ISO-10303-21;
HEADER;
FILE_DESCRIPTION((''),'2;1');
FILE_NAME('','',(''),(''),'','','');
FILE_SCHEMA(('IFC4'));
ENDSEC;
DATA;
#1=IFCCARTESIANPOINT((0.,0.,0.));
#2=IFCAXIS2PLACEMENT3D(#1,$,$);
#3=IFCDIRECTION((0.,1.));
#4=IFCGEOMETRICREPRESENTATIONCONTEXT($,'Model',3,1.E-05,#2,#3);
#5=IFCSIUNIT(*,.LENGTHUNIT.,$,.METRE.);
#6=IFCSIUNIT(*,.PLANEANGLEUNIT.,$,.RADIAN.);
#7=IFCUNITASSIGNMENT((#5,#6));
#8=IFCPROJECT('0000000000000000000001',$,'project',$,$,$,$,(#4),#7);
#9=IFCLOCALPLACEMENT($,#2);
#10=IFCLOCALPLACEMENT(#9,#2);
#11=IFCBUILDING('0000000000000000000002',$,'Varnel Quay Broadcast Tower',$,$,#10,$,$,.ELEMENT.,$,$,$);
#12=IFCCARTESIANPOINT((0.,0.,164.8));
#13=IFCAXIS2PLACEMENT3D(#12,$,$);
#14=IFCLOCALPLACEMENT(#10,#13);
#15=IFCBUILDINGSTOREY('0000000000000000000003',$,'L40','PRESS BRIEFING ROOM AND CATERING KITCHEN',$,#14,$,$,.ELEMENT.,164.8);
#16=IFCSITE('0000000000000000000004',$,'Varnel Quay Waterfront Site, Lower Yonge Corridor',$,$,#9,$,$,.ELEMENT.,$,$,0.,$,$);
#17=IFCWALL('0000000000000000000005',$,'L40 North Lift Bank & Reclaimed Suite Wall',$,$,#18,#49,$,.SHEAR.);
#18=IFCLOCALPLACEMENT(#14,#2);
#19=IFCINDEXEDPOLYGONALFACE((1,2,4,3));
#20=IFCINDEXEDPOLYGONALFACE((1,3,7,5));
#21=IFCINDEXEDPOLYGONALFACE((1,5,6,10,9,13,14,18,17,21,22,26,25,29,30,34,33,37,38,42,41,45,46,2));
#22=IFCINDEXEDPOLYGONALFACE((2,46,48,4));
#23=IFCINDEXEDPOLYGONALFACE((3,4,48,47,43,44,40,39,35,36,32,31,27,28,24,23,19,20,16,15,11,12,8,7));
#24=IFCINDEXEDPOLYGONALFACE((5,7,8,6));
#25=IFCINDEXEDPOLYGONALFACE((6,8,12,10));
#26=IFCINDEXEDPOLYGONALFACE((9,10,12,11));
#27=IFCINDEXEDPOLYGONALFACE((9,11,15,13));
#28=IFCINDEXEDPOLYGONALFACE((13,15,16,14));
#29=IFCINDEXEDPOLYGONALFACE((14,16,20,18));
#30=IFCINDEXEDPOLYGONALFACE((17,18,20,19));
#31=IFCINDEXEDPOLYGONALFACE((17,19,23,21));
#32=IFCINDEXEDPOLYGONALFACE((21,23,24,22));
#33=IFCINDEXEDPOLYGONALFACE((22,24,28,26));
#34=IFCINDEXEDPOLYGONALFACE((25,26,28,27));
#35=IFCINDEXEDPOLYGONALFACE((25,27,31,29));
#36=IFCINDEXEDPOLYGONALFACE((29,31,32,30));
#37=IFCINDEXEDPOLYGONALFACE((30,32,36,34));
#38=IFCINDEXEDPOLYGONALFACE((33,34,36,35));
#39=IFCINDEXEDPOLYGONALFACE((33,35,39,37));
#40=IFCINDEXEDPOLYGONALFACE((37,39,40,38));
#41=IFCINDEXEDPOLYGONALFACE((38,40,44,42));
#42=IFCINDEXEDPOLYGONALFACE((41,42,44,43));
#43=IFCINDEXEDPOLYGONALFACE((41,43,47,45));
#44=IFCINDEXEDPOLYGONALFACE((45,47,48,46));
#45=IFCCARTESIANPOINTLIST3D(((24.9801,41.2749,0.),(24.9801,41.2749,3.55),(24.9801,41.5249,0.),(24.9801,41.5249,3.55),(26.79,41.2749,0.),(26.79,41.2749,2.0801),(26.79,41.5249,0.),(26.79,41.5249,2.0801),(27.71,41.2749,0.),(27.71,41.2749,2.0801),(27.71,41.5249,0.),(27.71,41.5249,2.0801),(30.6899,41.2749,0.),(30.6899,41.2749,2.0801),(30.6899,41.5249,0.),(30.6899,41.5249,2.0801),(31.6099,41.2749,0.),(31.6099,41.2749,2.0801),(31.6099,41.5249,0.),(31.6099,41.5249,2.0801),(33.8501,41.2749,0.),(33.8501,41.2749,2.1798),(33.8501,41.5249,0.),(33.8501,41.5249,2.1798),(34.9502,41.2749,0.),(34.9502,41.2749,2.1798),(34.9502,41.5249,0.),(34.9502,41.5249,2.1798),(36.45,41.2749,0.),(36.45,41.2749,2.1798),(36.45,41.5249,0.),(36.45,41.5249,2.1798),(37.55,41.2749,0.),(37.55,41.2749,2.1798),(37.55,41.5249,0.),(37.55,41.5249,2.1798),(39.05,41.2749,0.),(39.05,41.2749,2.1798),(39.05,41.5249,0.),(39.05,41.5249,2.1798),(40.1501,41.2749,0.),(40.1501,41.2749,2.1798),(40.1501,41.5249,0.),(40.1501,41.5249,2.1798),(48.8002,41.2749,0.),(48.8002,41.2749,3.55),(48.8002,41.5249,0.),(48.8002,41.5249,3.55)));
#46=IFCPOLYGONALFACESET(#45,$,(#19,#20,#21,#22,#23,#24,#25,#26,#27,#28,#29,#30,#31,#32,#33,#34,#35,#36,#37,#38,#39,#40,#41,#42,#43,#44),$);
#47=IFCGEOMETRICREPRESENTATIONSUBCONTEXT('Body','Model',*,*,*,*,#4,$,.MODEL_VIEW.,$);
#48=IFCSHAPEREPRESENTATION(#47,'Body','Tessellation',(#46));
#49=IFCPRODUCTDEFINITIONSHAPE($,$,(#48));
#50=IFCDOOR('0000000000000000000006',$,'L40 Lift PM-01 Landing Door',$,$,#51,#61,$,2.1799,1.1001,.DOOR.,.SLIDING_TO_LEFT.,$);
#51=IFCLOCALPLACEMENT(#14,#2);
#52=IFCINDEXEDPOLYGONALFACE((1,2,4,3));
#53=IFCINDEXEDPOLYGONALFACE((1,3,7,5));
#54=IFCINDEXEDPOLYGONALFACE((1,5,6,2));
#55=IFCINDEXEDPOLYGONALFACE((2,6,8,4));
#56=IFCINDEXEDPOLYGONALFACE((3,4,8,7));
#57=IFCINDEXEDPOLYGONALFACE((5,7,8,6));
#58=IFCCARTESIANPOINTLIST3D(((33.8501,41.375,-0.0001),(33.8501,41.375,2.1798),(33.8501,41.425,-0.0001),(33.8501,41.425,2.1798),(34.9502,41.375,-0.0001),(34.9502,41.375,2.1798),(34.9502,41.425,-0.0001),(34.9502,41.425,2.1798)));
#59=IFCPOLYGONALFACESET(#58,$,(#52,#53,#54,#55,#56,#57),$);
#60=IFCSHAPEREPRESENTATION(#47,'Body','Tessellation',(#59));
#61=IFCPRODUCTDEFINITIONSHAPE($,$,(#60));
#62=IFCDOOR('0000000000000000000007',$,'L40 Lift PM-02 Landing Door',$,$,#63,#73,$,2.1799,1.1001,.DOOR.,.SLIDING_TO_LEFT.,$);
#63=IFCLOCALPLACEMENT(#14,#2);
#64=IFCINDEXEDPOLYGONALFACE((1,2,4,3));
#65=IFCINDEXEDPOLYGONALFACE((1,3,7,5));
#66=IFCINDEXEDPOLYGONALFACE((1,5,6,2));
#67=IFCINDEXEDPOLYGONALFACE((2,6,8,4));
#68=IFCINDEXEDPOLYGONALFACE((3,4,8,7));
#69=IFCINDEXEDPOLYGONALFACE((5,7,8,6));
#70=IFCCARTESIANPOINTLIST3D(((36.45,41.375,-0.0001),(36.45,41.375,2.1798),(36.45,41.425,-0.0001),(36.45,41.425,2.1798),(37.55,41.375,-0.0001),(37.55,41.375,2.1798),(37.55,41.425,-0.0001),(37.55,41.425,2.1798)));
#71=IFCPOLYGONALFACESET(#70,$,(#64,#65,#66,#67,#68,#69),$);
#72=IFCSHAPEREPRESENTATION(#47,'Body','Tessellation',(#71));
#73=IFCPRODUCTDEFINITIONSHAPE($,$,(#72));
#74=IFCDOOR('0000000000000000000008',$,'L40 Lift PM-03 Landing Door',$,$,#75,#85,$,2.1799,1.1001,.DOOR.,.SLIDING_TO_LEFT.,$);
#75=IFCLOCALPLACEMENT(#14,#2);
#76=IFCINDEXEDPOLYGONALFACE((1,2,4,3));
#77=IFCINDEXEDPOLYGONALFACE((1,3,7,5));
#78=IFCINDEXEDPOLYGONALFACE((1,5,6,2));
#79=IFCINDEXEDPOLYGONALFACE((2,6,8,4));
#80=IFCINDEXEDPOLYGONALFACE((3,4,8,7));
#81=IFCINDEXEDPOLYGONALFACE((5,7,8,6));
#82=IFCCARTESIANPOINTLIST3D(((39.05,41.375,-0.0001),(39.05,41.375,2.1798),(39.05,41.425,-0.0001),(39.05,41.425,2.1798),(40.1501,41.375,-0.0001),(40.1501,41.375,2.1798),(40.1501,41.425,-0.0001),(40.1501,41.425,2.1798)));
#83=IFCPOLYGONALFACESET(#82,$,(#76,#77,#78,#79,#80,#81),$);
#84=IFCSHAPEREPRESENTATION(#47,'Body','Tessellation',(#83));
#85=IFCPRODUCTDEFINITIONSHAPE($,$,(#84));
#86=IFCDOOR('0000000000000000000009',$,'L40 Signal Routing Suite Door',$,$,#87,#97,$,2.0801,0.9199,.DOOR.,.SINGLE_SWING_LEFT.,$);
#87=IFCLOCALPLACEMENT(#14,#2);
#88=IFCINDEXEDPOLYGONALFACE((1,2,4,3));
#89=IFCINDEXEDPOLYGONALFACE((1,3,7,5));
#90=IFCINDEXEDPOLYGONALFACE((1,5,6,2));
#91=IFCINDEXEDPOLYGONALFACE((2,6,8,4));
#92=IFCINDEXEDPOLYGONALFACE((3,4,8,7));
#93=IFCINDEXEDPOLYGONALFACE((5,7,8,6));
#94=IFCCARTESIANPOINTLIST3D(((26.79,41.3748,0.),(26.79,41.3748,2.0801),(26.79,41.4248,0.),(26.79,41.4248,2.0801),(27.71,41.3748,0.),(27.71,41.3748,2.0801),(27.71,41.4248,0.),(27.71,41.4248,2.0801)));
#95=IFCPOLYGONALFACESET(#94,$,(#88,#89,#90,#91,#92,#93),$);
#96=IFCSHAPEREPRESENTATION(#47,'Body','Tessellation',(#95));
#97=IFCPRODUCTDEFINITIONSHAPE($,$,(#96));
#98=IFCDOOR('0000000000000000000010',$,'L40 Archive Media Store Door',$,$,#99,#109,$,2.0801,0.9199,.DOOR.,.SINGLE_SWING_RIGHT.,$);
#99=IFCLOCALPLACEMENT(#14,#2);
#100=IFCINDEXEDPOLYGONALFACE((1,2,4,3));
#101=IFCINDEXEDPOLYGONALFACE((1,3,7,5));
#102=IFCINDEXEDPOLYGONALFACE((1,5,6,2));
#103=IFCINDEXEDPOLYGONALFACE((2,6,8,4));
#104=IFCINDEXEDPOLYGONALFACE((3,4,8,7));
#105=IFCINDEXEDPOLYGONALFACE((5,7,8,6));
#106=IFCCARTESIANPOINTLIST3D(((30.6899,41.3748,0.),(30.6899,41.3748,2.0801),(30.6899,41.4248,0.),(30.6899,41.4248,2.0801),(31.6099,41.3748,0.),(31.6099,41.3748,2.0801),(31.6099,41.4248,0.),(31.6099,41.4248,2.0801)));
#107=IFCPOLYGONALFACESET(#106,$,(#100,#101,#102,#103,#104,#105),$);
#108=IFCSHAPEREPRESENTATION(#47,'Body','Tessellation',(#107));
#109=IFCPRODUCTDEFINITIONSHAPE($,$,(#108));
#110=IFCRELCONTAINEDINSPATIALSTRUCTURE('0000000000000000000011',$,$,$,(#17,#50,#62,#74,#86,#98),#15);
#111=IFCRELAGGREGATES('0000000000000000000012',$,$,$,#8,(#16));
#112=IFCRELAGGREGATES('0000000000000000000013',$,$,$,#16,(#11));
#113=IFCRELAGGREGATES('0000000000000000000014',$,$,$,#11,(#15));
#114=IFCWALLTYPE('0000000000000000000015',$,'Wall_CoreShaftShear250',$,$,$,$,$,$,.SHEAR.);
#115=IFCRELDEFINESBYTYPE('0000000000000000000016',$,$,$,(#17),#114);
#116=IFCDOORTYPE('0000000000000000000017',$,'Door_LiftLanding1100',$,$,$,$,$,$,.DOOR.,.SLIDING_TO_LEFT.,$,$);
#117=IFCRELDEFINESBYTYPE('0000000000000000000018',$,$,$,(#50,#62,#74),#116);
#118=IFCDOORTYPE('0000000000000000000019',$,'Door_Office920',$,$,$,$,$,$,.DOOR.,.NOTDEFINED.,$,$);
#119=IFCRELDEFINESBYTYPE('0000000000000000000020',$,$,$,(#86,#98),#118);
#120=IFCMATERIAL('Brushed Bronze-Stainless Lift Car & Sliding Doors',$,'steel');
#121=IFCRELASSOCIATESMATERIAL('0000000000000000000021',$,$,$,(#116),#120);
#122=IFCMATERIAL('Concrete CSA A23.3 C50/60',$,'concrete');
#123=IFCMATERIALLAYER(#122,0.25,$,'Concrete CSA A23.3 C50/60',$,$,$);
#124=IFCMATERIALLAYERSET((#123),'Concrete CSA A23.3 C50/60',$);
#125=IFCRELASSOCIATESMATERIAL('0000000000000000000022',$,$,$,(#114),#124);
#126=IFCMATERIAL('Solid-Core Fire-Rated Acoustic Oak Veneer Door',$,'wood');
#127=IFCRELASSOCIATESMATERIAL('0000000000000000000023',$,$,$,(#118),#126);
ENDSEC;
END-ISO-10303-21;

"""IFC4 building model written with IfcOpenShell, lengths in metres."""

from ifc_helpers import new_model, si_unit, direction, frame, frame_2d, origin, place, context, subcontext, project, spatial, rectangle, extrude, source, transform, mapped, material, layer, layer_set, type_object, type_shapes, element, fill, save


model = new_model("IFC4")

# Units and contexts
model_context = context("Model", 3, precision=1e-05, world=origin(), true_north=direction((0.0, 1.0)))
body_context = subcontext(model_context, "Body", "Model", "MODEL_VIEW")
ifc_project = project(units=[si_unit("LENGTHUNIT", "METRE"), si_unit("PLANEANGLEUNIT", "RADIAN")], contexts=[model_context])

# Site, building, storey
site_placement = place(None, origin())
site = spatial("IfcSite", under=ifc_project, at=site_placement, Name="Varnel Quay Waterfront Site, Lower Yonge Corridor", CompositionType="ELEMENT", RefElevation=0.0)
building_placement = place(site_placement, origin())
building = spatial("IfcBuilding", under=site, at=building_placement, Name="Varnel Quay Broadcast Tower", CompositionType="ELEMENT")
storey_placement = place(building_placement, frame((0.0, 0.0, 164.8)))
storey = spatial("IfcBuildingStorey", under=building, at=storey_placement, Name="L40", Description="PRESS BRIEFING ROOM AND CATERING KITCHEN", CompositionType="ELEMENT", Elevation=164.8)

# Shared definitions
ifc_material_1 = material(Name="Concrete CSA A23.3 C50/60", Category="concrete")
ifc_material_2 = material(Name="Brushed Bronze-Stainless Lift Car & Sliding Doors", Category="steel")
door_type_1 = type_object("IfcDoorType", Name="Door_LiftLanding1100", OperationType="SLIDING_TO_LEFT", PredefinedType="DOOR", material=ifc_material_2)
shared_shape_1 = source(origin(), body_context, "Body", "SweptSolid", [
    extrude(rectangle(XDim=1.1001, YDim=2.1799, at=frame_2d((0.55, 1.0898))), frame((0.0, 0.0249, 0.0), z_axis=(0.0, -1.0, 0.0), x_axis=(1.0, 0.0, 0.0)), (0.0, 0.0, 1.0), 0.05),
])
type_shapes(door_type_1, [shared_shape_1])

# Shared definitions
ifc_layer_1 = layer(ifc_material_1, 0.25, Name="Concrete CSA A23.3 C50/60")
ifc_layer_set_1 = layer_set([ifc_layer_1], Name="Concrete CSA A23.3 C50/60")
wall_type_1 = type_object("IfcWallType", Name="Wall_CoreShaftShear250", PredefinedType="SHEAR", material=ifc_layer_set_1)

# Wall, openings, doors
wall_1_placement = place(storey_placement, frame((24.98, 41.3999, 0.0), z_axis=(0.0, 0.0, 1.0), x_axis=(1.0, 0.0, 0.0)))
wall_1 = element("IfcWall", 1, at=wall_1_placement, inside=storey, type_object=wall_type_1, Name="L40 North Lift Bank & Reclaimed Suite Wall", PredefinedType="SHEAR", context=body_context, shape_type="SweptSolid", body=[
    extrude(rectangle(XDim=23.8201, YDim=0.25, at=frame_2d((11.9102, 0.0))), origin(), (0.0, 0.0, 1.0), 3.55),
])
opening_1_placement = place(wall_1_placement, frame((8.8701, 0.0, 0.0)))
opening_1 = element("IfcOpeningElement", 2, at=opening_1_placement, cuts=wall_1, PredefinedType="OPENING", context=body_context, shape_type="SweptSolid", body=[
    extrude(rectangle(XDim=1.1001, YDim=2.1799, at=frame_2d((0.55, 1.0898))), frame((0.0, 0.135, 0.0), z_axis=(0.0, -1.0, 0.0), x_axis=(1.0, 0.0, 0.0)), (0.0, 0.0, 1.0), 0.27),
])
opening_2_placement = place(wall_1_placement, frame((11.47, 0.0, 0.0)))
opening_2 = element("IfcOpeningElement", 3, at=opening_2_placement, cuts=wall_1, PredefinedType="OPENING", context=body_context, shape_type="SweptSolid", body=[
    extrude(rectangle(XDim=1.1001, YDim=2.1799, at=frame_2d((0.55, 1.0898))), frame((0.0, 0.135, 0.0), z_axis=(0.0, -1.0, 0.0), x_axis=(1.0, 0.0, 0.0)), (0.0, 0.0, 1.0), 0.27),
])
opening_3_placement = place(wall_1_placement, frame((14.0701, 0.0, 0.0)))
opening_3 = element("IfcOpeningElement", 4, at=opening_3_placement, cuts=wall_1, PredefinedType="OPENING", context=body_context, shape_type="SweptSolid", body=[
    extrude(rectangle(XDim=1.1001, YDim=2.1799, at=frame_2d((0.55, 1.0898))), frame((0.0, 0.135, 0.0), z_axis=(0.0, -1.0, 0.0), x_axis=(1.0, 0.0, 0.0)), (0.0, 0.0, 1.0), 0.27),
])
opening_4_placement = place(wall_1_placement, frame((1.8101, 0.0, 0.0)))
opening_4 = element("IfcOpeningElement", 5, at=opening_4_placement, cuts=wall_1, PredefinedType="OPENING", context=body_context, shape_type="SweptSolid", body=[
    extrude(rectangle(XDim=0.9199, YDim=2.0801, at=frame_2d((0.46, 1.04))), frame((0.0, 0.135, 0.0), z_axis=(0.0, -1.0, 0.0), x_axis=(1.0, 0.0, 0.0)), (0.0, 0.0, 1.0), 0.27),
])
opening_5_placement = place(wall_1_placement, frame((5.71, 0.0, 0.0)))
opening_5 = element("IfcOpeningElement", 6, at=opening_5_placement, cuts=wall_1, PredefinedType="OPENING", context=body_context, shape_type="SweptSolid", body=[
    extrude(rectangle(XDim=0.9199, YDim=2.0801, at=frame_2d((0.46, 1.04))), frame((0.0, 0.135, 0.0), z_axis=(0.0, -1.0, 0.0), x_axis=(1.0, 0.0, 0.0)), (0.0, 0.0, 1.0), 0.27),
])
door_1_placement = place(opening_1_placement, frame((1.1001, 0.0, 0.0), z_axis=(0.0, 0.0, 1.0), x_axis=(-1.0, 0.0, 0.0)))
door_1 = element("IfcDoor", 7, at=door_1_placement, inside=storey, type_object=door_type_1, Name="L40 Lift PM-01 Landing Door", OperationType="SLIDING_TO_LEFT", OverallHeight=2.1799, OverallWidth=1.1001, PredefinedType="DOOR", context=body_context, shape_type="MappedRepresentation", body=[
    mapped(shared_shape_1, transform((0.0, 0.0, 0.0), x_axis=(1.0, 0.0, 0.0), y_axis=(0.0, 1.0, 0.0), z_axis=(0.0, 0.0, 1.0), scale=1.0)),
])
fill(opening_1, door_1)
door_2_placement = place(opening_2_placement, frame((1.1001, 0.0, 0.0), z_axis=(0.0, 0.0, 1.0), x_axis=(-1.0, 0.0, 0.0)))
door_2 = element("IfcDoor", 8, at=door_2_placement, inside=storey, type_object=door_type_1, Name="L40 Lift PM-02 Landing Door", OperationType="SLIDING_TO_LEFT", OverallHeight=2.1799, OverallWidth=1.1001, PredefinedType="DOOR", context=body_context, shape_type="MappedRepresentation", body=[
    mapped(shared_shape_1, transform((0.0, 0.0, 0.0), x_axis=(1.0, 0.0, 0.0), y_axis=(0.0, 1.0, 0.0), z_axis=(0.0, 0.0, 1.0), scale=1.0)),
])
fill(opening_2, door_2)
door_3_placement = place(opening_3_placement, frame((1.1001, 0.0, 0.0), z_axis=(0.0, 0.0, 1.0), x_axis=(-1.0, 0.0, 0.0)))
door_3 = element("IfcDoor", 9, at=door_3_placement, inside=storey, type_object=door_type_1, Name="L40 Lift PM-03 Landing Door", OperationType="SLIDING_TO_LEFT", OverallHeight=2.1799, OverallWidth=1.1001, PredefinedType="DOOR", context=body_context, shape_type="MappedRepresentation", body=[
    mapped(shared_shape_1, transform((0.0, 0.0, 0.0), x_axis=(1.0, 0.0, 0.0), y_axis=(0.0, 1.0, 0.0), z_axis=(0.0, 0.0, 1.0), scale=1.0)),
])
fill(opening_3, door_3)
ifc_material_3 = material(Name="Solid-Core Fire-Rated Acoustic Oak Veneer Door", Category="wood")
door_type_2 = type_object("IfcDoorType", Name="Door_Office920", OperationType="NOTDEFINED", PredefinedType="DOOR", material=ifc_material_3)
shared_shape_2 = source(origin(), body_context, "Body", "SweptSolid", [
    extrude(rectangle(XDim=0.9199, YDim=2.0801, at=frame_2d((0.46, 1.04))), frame((0.0, 0.0249, 0.0), z_axis=(0.0, -1.0, 0.0), x_axis=(1.0, 0.0, 0.0)), (0.0, 0.0, 1.0), 0.05),
])
type_shapes(door_type_2, [shared_shape_2])
door_4_placement = place(opening_4_placement, origin())
door_4 = element("IfcDoor", 10, at=door_4_placement, inside=storey, type_object=door_type_2, Name="L40 Signal Routing Suite Door", OperationType="SINGLE_SWING_LEFT", OverallHeight=2.0801, OverallWidth=0.9199, PredefinedType="DOOR", context=body_context, shape_type="MappedRepresentation", body=[
    mapped(shared_shape_2, transform((0.0, 0.0, 0.0), x_axis=(1.0, 0.0, 0.0), y_axis=(0.0, 1.0, 0.0), z_axis=(0.0, 0.0, 1.0), scale=1.0)),
])
fill(opening_4, door_4)
door_5_placement = place(opening_5_placement, origin())
door_5 = element("IfcDoor", 11, at=door_5_placement, inside=storey, type_object=door_type_2, Name="L40 Archive Media Store Door", OperationType="SINGLE_SWING_RIGHT", OverallHeight=2.0801, OverallWidth=0.9199, PredefinedType="DOOR", context=body_context, shape_type="MappedRepresentation", body=[
    mapped(shared_shape_2, transform((0.0, 0.0, 0.0), x_axis=(1.0, 0.0, 0.0), y_axis=(0.0, 1.0, 0.0), z_axis=(0.0, 0.0, 1.0), scale=1.0)),
])
fill(opening_5, door_5)

save(model, "model.ifc")
